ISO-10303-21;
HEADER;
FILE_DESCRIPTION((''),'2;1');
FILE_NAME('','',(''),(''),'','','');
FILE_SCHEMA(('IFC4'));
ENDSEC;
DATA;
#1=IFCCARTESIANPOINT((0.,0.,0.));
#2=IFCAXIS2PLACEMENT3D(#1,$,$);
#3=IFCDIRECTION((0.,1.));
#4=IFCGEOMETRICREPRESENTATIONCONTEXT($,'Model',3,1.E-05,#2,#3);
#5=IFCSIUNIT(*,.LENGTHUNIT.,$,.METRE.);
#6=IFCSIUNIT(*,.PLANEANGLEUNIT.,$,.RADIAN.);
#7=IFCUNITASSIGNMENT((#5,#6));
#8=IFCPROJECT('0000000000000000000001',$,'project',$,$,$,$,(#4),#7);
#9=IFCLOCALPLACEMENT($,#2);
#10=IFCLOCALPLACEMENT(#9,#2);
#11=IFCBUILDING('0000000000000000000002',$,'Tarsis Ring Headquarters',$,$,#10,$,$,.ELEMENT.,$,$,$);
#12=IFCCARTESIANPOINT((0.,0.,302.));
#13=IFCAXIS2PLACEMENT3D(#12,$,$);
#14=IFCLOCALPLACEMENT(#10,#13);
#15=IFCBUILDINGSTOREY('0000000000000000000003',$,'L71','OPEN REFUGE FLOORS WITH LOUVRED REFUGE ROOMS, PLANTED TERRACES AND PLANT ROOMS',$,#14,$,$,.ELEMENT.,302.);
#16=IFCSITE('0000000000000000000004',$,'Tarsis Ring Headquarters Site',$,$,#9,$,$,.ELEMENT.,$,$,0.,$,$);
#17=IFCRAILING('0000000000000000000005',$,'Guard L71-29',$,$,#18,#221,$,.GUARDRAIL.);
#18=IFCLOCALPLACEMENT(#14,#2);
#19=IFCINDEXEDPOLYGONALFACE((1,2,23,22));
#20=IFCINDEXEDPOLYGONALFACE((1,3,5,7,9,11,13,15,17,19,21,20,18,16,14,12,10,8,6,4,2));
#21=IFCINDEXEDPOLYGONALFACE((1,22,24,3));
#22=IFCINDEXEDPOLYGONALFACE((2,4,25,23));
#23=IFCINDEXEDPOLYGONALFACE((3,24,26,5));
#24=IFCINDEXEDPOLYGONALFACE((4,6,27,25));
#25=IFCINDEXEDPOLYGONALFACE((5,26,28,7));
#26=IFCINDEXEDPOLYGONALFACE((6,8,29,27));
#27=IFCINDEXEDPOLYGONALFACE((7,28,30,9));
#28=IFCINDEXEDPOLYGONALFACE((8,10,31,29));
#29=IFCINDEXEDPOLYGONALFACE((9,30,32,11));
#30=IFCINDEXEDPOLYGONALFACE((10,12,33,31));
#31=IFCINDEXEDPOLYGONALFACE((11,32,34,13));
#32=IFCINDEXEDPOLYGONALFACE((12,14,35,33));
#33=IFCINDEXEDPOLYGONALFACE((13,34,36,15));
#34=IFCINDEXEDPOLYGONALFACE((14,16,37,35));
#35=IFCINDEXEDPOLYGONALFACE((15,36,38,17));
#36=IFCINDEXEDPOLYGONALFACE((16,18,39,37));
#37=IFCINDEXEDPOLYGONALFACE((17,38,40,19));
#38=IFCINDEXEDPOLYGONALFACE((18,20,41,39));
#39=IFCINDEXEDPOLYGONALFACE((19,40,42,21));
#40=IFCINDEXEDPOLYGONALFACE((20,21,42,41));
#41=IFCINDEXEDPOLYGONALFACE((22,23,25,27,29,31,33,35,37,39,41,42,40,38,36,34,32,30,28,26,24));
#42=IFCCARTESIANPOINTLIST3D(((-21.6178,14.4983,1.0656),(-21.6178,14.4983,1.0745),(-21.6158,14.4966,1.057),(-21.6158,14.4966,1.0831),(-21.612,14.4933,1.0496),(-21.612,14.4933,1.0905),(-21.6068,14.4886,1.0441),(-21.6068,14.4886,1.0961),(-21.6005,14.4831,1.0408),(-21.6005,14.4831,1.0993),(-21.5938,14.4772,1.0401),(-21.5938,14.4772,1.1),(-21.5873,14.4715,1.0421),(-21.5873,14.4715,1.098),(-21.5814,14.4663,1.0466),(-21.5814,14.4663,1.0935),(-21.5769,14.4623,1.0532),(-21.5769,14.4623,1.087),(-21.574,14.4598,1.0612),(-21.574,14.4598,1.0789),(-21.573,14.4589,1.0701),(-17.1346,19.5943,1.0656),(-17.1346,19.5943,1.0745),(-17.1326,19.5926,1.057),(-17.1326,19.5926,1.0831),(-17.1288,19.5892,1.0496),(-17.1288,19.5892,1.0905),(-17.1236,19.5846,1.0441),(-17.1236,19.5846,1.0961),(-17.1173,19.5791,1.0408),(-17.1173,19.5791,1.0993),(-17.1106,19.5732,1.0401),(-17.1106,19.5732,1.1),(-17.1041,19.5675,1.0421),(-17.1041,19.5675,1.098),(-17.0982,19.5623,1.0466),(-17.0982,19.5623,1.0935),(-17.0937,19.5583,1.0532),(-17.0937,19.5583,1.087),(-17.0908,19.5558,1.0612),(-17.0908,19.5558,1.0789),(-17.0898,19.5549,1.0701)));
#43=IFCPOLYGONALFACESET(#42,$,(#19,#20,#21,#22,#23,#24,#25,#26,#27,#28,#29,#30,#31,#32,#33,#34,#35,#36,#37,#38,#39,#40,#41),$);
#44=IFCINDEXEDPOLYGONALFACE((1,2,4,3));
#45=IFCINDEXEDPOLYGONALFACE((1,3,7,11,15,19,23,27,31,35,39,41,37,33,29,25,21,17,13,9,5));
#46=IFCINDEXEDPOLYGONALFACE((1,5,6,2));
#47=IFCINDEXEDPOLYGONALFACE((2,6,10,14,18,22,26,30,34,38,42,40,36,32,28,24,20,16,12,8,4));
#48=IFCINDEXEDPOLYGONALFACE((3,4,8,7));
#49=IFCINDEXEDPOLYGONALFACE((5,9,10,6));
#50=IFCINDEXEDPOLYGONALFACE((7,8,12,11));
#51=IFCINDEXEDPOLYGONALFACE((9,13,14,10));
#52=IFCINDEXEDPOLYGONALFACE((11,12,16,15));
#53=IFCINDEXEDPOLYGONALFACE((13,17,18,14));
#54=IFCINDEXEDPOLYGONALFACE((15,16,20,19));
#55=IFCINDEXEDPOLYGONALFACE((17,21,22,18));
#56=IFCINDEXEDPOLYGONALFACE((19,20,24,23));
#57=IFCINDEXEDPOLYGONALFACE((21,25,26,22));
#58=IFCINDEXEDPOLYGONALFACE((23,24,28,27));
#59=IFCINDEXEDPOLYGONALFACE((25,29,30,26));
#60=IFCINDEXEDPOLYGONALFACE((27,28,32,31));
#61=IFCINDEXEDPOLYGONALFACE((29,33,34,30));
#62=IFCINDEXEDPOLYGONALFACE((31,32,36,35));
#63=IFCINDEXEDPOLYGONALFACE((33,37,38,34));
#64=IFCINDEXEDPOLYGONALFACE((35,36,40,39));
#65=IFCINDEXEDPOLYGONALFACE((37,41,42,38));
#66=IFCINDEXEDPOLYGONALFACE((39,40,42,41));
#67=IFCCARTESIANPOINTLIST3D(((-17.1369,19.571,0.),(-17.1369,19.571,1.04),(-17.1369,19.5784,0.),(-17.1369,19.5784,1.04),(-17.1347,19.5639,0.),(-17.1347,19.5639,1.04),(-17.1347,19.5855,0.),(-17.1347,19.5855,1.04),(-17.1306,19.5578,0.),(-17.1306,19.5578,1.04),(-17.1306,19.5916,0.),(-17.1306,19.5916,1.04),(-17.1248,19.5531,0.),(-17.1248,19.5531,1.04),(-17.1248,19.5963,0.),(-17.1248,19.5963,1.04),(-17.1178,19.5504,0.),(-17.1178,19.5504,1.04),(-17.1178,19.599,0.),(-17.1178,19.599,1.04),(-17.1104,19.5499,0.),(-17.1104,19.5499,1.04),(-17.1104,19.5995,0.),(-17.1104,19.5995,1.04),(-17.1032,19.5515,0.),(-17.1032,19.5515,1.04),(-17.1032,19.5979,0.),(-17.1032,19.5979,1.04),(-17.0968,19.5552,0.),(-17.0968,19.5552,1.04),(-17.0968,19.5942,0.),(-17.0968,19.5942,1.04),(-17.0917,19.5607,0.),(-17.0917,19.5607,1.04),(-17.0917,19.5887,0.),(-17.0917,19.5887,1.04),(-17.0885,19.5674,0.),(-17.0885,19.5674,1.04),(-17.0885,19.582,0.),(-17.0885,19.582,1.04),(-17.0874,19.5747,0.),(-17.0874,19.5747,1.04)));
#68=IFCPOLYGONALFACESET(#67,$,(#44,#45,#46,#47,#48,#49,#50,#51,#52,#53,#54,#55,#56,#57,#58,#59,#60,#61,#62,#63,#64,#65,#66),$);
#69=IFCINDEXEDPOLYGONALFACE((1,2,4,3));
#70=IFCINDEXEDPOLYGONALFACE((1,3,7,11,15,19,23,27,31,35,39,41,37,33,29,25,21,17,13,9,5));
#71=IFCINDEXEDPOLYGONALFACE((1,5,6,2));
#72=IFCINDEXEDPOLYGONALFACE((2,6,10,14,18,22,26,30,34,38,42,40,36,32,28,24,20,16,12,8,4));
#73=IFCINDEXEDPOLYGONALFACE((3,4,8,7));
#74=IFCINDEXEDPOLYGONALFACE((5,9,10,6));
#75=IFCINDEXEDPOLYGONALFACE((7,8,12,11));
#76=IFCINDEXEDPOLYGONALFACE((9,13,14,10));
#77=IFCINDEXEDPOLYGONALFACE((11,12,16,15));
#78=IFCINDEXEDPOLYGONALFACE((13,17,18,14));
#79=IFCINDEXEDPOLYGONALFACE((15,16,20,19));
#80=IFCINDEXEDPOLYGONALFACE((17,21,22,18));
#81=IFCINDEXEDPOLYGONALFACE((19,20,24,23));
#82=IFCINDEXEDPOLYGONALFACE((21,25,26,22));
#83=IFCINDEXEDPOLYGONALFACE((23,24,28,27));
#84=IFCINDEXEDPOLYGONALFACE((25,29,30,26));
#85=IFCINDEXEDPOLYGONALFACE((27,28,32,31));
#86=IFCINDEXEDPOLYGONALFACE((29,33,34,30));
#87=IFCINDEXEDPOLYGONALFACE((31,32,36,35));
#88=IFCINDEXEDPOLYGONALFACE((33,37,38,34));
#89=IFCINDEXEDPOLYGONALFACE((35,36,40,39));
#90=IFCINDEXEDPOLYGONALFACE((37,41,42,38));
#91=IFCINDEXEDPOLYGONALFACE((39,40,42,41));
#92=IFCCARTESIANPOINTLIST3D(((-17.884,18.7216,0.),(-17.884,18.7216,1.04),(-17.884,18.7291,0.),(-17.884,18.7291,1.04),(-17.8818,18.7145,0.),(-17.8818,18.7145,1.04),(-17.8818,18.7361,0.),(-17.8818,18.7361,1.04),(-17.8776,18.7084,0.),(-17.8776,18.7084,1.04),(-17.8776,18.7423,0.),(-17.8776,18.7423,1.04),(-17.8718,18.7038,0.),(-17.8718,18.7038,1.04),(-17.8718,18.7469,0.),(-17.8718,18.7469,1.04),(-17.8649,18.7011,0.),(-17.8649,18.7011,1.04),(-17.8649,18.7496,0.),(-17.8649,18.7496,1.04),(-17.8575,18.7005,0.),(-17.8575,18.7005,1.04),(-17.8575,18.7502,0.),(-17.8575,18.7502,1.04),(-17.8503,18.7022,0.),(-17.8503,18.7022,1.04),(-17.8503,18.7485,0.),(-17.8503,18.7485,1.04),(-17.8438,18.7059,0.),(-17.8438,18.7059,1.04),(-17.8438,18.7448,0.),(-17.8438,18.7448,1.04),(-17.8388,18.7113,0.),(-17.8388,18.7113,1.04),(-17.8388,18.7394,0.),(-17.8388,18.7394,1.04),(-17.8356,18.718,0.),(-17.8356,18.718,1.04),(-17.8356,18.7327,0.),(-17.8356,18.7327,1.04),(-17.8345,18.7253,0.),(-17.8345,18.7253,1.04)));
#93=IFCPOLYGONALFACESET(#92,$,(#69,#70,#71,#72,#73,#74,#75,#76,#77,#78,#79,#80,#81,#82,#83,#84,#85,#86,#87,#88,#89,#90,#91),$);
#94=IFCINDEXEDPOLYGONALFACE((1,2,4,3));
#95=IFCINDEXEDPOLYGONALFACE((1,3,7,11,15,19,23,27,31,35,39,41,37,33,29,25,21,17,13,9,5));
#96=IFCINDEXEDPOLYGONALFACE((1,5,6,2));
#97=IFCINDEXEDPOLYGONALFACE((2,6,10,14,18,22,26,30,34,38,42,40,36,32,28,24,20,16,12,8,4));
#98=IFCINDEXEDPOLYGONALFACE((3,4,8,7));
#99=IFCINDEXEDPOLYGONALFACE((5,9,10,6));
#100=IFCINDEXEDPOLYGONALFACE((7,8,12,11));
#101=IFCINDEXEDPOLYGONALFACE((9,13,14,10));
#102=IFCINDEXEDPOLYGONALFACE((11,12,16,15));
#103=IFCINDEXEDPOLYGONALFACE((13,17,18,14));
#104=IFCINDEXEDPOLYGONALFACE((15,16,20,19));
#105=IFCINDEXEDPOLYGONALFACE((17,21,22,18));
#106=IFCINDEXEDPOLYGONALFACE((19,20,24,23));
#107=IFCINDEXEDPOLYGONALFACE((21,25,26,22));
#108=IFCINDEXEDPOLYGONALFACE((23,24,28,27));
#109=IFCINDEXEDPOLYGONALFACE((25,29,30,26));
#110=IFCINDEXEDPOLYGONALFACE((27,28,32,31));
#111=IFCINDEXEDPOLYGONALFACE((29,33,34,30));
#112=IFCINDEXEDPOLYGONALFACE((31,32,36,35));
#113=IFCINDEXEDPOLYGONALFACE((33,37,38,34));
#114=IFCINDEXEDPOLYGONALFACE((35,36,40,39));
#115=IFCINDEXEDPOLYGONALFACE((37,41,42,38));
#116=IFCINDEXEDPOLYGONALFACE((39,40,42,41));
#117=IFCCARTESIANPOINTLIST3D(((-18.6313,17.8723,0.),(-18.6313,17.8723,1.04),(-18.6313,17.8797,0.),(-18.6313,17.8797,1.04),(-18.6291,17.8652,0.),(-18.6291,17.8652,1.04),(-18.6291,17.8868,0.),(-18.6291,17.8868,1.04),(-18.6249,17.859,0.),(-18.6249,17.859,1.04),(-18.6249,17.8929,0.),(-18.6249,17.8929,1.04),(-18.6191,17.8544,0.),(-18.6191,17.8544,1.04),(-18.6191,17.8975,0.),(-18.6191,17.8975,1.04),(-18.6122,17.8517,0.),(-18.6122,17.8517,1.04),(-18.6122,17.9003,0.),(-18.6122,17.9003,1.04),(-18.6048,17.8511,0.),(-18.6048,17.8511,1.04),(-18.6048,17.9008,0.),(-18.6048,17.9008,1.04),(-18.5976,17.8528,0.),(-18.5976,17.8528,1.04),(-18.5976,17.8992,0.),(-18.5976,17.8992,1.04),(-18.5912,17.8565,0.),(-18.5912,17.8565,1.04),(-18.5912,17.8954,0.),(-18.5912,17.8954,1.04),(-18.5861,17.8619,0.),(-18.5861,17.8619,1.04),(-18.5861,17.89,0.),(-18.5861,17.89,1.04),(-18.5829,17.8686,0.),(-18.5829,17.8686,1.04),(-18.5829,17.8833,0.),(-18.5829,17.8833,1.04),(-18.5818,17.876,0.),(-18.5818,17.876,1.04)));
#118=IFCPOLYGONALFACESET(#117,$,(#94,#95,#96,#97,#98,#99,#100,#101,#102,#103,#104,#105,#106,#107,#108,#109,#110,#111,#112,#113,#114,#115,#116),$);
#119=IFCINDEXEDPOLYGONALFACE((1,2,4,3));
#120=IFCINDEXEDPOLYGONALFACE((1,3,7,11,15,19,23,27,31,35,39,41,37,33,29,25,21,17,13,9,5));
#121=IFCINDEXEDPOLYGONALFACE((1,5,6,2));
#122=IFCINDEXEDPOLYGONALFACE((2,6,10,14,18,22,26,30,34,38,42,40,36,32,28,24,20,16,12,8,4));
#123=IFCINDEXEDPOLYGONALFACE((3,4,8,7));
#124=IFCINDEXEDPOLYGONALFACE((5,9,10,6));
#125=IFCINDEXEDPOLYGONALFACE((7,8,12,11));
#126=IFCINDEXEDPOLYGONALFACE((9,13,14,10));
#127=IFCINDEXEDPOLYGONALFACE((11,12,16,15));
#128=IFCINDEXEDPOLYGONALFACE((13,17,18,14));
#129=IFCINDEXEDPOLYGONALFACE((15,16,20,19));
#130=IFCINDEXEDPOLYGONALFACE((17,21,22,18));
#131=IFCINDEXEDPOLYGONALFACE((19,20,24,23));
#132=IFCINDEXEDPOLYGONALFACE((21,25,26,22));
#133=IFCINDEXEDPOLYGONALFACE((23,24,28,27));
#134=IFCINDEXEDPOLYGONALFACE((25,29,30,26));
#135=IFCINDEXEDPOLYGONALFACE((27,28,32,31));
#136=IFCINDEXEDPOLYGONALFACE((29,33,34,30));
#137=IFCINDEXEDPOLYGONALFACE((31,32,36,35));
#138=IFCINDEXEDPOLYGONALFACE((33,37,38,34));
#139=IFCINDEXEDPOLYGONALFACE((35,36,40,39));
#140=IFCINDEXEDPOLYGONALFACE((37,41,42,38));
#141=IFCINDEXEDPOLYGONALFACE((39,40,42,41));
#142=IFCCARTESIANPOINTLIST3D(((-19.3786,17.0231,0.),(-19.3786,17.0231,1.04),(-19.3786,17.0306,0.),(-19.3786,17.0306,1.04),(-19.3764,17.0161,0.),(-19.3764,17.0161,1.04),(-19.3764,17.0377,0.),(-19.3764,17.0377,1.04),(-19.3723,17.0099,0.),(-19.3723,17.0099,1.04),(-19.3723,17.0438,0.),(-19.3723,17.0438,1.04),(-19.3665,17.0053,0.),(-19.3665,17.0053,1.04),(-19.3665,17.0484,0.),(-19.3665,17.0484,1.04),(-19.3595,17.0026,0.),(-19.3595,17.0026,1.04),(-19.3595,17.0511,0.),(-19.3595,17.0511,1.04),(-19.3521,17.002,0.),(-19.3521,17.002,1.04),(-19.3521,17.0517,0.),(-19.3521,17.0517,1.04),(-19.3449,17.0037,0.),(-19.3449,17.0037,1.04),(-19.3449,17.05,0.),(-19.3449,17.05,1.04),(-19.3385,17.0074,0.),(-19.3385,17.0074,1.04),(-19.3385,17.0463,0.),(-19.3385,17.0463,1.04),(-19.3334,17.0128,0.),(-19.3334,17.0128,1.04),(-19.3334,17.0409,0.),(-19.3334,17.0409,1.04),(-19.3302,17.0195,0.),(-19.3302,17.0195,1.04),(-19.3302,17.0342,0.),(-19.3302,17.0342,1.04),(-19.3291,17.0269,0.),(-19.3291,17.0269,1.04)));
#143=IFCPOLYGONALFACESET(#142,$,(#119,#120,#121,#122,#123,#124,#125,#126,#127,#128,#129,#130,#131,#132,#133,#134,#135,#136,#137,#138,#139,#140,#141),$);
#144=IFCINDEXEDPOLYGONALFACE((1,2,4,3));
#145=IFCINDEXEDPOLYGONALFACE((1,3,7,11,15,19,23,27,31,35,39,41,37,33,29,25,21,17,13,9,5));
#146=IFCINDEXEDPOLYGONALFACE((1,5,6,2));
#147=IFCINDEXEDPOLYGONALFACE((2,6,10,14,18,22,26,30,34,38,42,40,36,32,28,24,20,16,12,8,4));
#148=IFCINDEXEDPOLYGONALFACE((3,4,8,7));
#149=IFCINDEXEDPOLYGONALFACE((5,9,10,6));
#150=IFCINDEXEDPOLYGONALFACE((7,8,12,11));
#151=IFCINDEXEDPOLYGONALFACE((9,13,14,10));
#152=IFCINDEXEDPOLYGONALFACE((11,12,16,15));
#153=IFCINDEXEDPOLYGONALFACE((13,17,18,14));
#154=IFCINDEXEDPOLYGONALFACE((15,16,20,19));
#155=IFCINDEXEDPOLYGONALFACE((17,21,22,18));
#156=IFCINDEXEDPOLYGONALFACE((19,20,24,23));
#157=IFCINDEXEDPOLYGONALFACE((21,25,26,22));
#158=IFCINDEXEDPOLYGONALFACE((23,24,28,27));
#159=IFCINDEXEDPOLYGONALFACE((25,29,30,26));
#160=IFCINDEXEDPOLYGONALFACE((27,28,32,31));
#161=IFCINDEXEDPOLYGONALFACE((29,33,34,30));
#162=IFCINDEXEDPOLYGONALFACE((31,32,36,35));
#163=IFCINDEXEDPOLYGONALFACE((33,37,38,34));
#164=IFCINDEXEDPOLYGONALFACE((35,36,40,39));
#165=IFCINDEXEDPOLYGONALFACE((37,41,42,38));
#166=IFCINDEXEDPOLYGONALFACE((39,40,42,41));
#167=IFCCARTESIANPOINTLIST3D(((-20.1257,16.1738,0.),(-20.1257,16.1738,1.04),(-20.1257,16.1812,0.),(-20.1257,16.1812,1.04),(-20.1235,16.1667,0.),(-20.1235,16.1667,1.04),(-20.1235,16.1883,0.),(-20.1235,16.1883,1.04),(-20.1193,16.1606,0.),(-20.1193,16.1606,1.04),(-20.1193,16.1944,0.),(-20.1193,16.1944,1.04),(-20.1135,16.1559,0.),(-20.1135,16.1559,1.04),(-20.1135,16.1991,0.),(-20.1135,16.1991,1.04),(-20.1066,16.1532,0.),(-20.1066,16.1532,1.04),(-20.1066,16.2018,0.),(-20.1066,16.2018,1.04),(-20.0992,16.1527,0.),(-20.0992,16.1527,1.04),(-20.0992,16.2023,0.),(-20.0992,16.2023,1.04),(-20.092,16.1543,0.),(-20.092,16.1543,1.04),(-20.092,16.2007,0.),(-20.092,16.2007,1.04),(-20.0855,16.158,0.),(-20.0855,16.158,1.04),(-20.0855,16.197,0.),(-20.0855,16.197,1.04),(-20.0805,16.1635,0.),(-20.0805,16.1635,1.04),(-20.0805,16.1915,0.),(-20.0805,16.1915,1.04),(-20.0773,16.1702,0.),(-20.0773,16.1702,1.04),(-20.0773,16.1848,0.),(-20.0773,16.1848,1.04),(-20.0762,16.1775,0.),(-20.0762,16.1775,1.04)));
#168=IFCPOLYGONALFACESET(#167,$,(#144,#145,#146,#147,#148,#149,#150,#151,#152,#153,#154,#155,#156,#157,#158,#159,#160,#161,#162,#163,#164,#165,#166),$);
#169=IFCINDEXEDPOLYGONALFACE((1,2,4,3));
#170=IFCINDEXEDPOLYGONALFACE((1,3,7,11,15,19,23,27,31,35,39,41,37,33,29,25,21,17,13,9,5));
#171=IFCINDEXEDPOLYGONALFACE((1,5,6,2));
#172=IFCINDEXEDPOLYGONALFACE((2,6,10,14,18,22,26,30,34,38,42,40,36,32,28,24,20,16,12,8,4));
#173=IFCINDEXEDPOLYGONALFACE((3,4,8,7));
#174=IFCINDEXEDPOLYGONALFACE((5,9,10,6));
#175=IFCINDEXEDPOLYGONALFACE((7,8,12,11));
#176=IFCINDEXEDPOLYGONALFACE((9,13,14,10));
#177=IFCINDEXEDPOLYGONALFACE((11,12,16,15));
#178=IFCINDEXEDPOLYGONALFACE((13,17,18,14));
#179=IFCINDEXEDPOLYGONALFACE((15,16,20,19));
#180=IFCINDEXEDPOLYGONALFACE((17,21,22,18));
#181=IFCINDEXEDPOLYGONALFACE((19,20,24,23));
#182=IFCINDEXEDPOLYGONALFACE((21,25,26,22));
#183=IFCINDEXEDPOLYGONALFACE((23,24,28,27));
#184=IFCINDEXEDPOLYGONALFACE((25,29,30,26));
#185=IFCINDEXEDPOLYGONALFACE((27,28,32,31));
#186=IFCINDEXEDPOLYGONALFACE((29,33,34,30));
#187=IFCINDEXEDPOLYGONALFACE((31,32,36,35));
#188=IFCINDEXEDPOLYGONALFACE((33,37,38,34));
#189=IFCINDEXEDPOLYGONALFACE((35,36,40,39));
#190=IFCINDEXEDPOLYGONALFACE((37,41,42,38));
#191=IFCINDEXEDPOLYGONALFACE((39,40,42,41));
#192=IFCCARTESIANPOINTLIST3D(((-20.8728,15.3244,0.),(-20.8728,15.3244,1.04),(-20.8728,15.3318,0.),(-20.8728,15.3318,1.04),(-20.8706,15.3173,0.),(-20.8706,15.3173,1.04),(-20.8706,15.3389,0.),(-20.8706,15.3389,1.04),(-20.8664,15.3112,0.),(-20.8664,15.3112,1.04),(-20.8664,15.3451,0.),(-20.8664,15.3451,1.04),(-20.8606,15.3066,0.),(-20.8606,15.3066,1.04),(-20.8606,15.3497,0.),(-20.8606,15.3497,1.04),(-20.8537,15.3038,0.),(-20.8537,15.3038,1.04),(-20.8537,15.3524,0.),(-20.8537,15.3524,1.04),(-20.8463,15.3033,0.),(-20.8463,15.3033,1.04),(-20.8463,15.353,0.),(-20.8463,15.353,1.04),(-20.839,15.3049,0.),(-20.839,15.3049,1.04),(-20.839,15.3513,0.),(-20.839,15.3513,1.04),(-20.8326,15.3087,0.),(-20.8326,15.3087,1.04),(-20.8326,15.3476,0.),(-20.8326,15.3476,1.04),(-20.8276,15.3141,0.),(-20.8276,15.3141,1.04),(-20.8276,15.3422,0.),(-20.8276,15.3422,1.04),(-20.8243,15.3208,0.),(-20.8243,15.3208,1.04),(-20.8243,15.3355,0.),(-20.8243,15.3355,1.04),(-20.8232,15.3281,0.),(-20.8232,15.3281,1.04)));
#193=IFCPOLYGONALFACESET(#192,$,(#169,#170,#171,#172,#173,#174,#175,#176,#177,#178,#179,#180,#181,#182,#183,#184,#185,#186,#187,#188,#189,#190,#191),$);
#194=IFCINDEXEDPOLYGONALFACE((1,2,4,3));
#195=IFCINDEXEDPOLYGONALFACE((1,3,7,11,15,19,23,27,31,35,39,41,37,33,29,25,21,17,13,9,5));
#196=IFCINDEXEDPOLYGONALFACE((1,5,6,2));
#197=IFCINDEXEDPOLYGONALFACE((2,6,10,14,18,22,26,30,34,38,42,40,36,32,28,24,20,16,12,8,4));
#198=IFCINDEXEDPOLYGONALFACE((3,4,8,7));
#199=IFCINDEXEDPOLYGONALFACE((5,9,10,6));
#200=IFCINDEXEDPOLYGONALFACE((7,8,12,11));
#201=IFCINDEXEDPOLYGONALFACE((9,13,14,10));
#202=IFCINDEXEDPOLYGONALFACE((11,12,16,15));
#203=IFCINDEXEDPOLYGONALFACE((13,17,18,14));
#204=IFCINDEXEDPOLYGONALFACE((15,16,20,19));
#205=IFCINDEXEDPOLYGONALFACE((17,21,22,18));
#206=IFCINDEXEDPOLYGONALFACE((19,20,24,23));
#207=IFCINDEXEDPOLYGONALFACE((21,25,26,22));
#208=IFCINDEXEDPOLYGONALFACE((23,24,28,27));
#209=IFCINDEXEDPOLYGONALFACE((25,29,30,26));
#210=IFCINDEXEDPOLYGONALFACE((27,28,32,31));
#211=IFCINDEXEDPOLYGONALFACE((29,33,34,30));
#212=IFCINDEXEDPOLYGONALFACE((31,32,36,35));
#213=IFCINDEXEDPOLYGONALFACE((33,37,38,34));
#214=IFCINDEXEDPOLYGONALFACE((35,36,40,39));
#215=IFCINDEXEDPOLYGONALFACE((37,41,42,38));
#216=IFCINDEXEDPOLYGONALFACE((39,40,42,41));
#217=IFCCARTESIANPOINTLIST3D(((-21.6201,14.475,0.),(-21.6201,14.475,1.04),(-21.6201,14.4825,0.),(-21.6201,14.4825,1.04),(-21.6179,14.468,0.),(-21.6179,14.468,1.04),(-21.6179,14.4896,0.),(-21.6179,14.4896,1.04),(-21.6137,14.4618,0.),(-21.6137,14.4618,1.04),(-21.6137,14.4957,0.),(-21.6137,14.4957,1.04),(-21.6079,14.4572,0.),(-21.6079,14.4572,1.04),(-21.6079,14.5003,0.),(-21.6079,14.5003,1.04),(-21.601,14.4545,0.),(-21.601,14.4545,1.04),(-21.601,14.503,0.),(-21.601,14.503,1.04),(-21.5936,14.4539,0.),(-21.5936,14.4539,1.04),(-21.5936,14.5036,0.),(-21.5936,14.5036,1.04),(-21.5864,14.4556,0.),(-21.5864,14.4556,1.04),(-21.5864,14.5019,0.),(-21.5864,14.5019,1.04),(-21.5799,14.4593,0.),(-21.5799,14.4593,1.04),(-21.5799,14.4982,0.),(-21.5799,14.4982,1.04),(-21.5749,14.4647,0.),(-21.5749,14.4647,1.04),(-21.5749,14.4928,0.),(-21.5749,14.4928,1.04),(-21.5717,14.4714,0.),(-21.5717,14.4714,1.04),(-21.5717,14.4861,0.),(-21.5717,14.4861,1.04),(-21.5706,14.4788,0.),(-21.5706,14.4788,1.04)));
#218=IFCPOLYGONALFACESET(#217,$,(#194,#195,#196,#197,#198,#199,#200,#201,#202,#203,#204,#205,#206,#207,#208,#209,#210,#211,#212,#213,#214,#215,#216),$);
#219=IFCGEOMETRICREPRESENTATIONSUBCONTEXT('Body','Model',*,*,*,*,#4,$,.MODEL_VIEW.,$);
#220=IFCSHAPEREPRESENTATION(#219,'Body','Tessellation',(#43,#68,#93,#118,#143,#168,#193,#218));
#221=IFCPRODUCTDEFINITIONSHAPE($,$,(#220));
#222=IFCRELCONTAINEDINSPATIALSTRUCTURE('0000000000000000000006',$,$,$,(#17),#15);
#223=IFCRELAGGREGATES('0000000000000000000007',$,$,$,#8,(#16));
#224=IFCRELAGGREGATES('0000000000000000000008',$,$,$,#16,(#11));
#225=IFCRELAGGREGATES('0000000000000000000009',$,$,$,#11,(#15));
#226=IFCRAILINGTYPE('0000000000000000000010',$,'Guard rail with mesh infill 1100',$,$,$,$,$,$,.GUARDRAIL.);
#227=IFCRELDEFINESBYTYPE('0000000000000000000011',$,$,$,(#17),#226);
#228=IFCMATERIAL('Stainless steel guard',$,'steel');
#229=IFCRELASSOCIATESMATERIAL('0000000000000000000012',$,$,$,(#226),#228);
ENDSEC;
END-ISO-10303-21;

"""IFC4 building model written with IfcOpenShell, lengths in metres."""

from ifc_helpers import new_model, si_unit, direction, frame, origin, origin_2d, place, context, subcontext, project, spatial, circle, extrude, material, type_object, element, save


model = new_model("IFC4")

# Units and contexts
model_context = context("Model", 3, precision=1e-05, world=origin(), true_north=direction((0.0, 1.0)))
body_context = subcontext(model_context, "Body", "Model", "MODEL_VIEW")
ifc_project = project(units=[si_unit("LENGTHUNIT", "METRE"), si_unit("PLANEANGLEUNIT", "RADIAN")], contexts=[model_context])

# Site, building, storey
site_placement = place(None, origin())
site = spatial("IfcSite", under=ifc_project, at=site_placement, Name="Tarsis Ring Headquarters Site", CompositionType="ELEMENT", RefElevation=0.0)
building_placement = place(site_placement, origin())
building = spatial("IfcBuilding", under=site, at=building_placement, Name="Tarsis Ring Headquarters", CompositionType="ELEMENT")
storey_placement = place(building_placement, frame((0.0, 0.0, 302.0)))
storey = spatial("IfcBuildingStorey", under=building, at=storey_placement, Name="L71", Description="OPEN REFUGE FLOORS WITH LOUVRED REFUGE ROOMS, PLANTED TERRACES AND PLANT ROOMS", CompositionType="ELEMENT", Elevation=302.0)

# Railing
ifc_material_1 = material(Name="Stainless steel guard", Category="steel")
railing_type = type_object("IfcRailingType", Name="Guard rail with mesh infill 1100", PredefinedType="GUARDRAIL", material=ifc_material_1)
railing_1_placement = place(storey_placement, frame((-17.1123, 19.5747, 0.0)))
element("IfcRailing", 1, at=railing_1_placement, inside=storey, type_object=railing_type, Name="Guard L71-29", PredefinedType="GUARDRAIL", context=body_context, shape_type="SweptSolid", body=[
    extrude(circle(Radius=0.03, at=origin_2d()), frame((0.0, 0.0, 1.0701), z_axis=(-0.660522, -0.750807, 0.0), x_axis=(0.750807, -0.660522, 0.0)), (0.0, 0.0, 1.0), 6.7874),
    extrude(circle(Radius=0.0249, at=origin_2d()), origin(), (0.0, 0.0, 1.0), 1.04),
    extrude(circle(Radius=0.0249, at=origin_2d()), frame((-0.7471, -0.8494, 0.0)), (0.0, 0.0, 1.0), 1.04),
    extrude(circle(Radius=0.0249, at=origin_2d()), frame((-1.4944, -1.6987, 0.0)), (0.0, 0.0, 1.0), 1.04),
    extrude(circle(Radius=0.0249, at=origin_2d()), frame((-2.2417, -2.5479, 0.0)), (0.0, 0.0, 1.0), 1.04),
    extrude(circle(Radius=0.0249, at=origin_2d()), frame((-2.9888, -3.3972, 0.0)), (0.0, 0.0, 1.0), 1.04),
    extrude(circle(Radius=0.0249, at=origin_2d()), frame((-3.7358, -4.2466, 0.0)), (0.0, 0.0, 1.0), 1.04),
    extrude(circle(Radius=0.0249, at=origin_2d()), frame((-4.4832, -5.0959, 0.0)), (0.0, 0.0, 1.0), 1.04),
])

save(model, "model.ifc")
